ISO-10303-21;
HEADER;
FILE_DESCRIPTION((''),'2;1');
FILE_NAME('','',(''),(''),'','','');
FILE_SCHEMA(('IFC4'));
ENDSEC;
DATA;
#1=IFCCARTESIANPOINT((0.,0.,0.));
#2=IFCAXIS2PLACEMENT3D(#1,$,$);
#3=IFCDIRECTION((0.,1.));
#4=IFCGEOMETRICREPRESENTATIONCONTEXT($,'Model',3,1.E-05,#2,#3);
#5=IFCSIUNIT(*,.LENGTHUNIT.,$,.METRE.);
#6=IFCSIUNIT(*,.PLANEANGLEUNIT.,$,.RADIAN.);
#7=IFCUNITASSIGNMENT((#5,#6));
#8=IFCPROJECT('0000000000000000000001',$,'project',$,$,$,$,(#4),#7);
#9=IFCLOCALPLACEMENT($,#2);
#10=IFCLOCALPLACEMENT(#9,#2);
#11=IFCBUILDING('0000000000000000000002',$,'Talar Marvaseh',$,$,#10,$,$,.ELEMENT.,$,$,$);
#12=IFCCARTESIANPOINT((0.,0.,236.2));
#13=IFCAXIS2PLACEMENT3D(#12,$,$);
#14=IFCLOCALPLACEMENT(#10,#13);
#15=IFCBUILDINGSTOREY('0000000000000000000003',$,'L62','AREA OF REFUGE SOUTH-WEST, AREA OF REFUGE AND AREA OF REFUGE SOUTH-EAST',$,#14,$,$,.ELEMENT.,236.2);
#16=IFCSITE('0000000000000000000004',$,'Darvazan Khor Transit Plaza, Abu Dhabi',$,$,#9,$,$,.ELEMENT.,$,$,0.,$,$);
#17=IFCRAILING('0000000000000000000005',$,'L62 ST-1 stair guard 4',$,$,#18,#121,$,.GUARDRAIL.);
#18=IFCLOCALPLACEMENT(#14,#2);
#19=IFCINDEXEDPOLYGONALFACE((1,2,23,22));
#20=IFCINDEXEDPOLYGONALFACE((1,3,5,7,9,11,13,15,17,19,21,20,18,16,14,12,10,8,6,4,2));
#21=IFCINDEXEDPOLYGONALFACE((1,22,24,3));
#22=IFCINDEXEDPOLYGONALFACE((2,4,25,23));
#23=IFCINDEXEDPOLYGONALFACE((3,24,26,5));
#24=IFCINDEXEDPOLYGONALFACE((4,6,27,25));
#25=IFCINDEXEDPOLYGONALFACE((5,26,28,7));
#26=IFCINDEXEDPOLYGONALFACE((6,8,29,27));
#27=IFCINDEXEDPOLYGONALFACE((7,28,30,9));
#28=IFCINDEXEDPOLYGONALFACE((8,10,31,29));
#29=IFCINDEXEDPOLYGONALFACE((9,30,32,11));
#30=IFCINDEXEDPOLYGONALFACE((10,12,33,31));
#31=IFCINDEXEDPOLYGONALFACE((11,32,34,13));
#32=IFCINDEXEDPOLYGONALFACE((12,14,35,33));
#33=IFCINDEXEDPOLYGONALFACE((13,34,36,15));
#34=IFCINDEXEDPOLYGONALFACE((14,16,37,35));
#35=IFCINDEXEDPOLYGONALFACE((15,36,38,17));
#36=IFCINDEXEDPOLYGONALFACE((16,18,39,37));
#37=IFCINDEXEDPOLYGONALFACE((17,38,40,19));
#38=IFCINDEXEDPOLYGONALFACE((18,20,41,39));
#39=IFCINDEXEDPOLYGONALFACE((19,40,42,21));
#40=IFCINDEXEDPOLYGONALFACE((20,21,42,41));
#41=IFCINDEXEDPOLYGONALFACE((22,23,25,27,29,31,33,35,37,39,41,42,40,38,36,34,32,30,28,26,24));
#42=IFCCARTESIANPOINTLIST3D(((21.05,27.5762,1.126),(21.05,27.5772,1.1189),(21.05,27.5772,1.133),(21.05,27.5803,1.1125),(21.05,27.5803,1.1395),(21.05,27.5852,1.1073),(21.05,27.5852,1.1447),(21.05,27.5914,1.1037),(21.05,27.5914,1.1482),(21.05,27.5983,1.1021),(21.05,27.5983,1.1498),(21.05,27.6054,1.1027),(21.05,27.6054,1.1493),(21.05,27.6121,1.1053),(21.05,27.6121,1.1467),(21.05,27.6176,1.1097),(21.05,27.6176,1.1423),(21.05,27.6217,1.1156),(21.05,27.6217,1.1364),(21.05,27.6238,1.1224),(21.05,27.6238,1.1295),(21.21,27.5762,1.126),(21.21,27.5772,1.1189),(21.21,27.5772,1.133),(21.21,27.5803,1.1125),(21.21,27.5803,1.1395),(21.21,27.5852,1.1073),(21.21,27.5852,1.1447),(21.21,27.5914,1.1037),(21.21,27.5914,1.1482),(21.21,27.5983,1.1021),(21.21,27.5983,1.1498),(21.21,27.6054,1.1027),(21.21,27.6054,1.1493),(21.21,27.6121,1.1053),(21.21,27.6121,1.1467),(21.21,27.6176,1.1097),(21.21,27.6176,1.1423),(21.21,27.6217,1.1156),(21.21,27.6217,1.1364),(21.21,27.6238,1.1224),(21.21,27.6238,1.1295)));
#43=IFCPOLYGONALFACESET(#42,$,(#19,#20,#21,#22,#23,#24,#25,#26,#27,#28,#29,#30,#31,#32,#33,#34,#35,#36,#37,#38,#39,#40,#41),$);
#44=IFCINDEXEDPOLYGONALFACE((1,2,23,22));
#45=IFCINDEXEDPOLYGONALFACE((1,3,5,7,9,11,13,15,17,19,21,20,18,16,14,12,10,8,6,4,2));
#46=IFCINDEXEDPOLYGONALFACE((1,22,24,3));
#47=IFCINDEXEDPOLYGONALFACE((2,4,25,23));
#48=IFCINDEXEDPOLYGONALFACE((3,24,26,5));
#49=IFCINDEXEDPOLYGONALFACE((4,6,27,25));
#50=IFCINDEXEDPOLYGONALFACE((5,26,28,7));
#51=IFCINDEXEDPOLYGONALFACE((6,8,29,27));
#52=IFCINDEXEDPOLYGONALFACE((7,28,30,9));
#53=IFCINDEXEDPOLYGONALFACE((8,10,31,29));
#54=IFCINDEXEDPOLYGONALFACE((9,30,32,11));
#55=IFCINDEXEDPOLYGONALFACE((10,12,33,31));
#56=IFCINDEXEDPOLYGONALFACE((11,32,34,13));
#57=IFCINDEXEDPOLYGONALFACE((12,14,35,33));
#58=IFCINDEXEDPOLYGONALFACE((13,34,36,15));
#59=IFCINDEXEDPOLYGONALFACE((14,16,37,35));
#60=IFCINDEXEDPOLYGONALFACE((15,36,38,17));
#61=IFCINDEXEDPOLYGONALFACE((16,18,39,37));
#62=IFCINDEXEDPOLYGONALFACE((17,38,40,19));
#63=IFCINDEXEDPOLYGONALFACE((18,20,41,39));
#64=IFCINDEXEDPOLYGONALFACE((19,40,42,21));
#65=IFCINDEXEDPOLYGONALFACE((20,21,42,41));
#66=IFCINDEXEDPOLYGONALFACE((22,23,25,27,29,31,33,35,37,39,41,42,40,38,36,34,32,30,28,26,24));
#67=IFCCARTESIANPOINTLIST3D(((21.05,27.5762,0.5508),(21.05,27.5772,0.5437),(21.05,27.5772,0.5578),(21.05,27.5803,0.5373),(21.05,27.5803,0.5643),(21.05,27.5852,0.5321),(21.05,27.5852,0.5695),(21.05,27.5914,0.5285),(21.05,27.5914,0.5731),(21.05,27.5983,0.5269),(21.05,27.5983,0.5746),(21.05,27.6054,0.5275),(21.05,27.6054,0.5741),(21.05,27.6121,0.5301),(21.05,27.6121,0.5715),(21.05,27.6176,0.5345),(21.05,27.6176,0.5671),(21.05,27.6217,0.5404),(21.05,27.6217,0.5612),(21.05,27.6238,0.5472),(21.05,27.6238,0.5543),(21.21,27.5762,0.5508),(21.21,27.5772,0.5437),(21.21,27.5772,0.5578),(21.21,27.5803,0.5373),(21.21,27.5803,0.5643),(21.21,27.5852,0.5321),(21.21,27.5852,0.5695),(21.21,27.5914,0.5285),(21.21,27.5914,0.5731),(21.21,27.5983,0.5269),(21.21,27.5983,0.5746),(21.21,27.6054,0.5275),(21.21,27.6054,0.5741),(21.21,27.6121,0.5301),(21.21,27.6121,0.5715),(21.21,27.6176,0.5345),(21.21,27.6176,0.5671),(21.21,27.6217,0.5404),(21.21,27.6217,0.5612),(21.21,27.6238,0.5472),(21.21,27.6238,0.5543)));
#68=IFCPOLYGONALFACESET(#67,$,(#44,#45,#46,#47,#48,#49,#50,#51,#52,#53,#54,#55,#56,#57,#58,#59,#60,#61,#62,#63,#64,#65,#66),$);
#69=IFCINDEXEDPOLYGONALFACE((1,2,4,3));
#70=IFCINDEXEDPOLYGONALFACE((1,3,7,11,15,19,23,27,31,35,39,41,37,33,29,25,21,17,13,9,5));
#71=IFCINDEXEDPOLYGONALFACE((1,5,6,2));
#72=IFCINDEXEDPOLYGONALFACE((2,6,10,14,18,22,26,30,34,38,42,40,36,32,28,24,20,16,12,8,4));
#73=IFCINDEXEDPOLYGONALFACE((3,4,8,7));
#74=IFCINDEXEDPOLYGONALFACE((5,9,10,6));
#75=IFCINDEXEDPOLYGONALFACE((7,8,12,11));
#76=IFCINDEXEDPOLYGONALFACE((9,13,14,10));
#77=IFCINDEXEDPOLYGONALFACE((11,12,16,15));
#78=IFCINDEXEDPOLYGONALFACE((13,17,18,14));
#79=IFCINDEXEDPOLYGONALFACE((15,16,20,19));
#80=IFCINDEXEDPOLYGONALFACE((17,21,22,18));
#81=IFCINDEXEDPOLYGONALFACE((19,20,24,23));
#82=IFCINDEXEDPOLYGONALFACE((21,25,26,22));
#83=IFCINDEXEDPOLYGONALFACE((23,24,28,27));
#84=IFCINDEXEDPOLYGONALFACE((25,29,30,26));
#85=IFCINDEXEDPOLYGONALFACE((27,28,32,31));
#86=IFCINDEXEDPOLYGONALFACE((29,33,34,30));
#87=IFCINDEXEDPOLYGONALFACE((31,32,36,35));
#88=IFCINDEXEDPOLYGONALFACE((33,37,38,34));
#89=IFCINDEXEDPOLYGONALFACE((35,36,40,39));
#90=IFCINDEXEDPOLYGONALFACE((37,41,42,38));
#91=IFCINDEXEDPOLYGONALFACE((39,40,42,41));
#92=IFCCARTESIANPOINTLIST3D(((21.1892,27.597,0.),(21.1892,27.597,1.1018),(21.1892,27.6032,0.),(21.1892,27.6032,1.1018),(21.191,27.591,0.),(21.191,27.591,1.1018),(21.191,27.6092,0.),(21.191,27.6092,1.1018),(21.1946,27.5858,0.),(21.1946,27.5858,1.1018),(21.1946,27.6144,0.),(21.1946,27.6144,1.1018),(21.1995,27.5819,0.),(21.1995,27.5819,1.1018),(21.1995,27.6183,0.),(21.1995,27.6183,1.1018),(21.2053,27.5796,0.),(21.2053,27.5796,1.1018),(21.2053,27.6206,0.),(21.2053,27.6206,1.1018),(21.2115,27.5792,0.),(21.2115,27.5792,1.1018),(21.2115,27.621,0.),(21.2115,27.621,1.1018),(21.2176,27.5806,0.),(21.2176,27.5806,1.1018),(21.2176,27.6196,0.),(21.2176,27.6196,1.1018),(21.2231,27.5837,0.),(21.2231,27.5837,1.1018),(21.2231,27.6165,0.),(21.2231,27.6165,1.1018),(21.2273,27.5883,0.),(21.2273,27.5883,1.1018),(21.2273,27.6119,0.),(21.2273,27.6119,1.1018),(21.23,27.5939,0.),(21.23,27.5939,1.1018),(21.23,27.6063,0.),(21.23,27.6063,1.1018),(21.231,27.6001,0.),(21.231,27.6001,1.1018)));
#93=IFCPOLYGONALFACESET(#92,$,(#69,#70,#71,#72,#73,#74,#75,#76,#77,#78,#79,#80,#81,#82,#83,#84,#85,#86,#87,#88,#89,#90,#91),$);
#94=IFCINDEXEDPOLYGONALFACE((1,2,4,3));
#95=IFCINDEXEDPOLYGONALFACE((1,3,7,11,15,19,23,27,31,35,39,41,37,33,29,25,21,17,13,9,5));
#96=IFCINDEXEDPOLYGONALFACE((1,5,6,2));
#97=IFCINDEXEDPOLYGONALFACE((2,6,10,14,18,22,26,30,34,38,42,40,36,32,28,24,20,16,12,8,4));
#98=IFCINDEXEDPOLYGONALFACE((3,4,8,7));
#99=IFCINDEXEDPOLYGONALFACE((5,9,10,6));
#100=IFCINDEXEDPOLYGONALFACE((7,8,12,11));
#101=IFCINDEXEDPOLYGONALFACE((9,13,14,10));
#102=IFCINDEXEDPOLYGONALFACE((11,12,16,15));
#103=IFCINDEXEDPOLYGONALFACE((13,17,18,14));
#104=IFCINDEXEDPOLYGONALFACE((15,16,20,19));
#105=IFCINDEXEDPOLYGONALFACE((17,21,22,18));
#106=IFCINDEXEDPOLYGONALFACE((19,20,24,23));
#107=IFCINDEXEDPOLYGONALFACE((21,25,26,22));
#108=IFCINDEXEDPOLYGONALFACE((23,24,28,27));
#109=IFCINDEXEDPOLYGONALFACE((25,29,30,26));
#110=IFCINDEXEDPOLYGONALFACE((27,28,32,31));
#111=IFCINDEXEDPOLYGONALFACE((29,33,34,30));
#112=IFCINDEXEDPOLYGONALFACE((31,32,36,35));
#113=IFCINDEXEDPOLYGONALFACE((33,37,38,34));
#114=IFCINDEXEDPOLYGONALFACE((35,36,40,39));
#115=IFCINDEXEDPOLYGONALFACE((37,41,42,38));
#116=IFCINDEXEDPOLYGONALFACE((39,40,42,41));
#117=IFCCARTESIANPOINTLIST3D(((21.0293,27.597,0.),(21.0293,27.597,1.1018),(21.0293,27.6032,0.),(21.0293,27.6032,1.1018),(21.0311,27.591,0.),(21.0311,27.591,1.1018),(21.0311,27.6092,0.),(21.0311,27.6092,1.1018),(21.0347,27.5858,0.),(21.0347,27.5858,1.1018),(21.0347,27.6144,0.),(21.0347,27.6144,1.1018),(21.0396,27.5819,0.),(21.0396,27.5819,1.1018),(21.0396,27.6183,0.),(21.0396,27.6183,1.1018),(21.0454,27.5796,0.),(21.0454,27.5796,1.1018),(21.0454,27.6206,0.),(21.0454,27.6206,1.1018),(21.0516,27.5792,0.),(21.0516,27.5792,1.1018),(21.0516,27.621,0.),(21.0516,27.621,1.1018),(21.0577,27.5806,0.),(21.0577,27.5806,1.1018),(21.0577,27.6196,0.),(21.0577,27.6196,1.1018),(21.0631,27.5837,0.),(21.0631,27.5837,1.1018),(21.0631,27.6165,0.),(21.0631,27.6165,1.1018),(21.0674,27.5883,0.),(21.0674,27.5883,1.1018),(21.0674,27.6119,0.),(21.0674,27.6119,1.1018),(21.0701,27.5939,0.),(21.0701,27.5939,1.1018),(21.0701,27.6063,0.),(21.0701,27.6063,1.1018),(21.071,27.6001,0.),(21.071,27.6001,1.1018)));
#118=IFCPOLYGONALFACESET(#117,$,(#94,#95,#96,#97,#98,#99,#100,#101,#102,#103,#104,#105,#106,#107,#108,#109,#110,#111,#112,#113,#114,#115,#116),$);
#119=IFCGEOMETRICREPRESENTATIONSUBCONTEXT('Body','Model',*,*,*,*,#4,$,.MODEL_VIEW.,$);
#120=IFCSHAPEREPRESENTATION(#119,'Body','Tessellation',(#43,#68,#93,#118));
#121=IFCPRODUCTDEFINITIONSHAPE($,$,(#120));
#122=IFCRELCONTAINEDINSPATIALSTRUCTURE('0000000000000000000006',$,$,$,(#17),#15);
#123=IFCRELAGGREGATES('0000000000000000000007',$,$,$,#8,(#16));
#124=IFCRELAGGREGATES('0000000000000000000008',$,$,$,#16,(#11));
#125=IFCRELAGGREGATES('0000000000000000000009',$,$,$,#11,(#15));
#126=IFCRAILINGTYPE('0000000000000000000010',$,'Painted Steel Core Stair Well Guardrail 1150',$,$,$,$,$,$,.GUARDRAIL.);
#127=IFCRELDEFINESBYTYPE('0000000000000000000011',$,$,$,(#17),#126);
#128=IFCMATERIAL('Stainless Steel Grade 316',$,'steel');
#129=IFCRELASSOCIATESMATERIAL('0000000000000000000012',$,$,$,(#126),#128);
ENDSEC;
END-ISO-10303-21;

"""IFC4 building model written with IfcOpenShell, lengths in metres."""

from ifc_helpers import new_model, si_unit, direction, frame, origin, origin_2d, place, context, subcontext, project, spatial, circle, extrude, material, type_object, element, save


model = new_model("IFC4")

# Units and contexts
model_context = context("Model", 3, precision=1e-05, world=origin(), true_north=direction((0.0, 1.0)))
body_context = subcontext(model_context, "Body", "Model", "MODEL_VIEW")
ifc_project = project(units=[si_unit("LENGTHUNIT", "METRE"), si_unit("PLANEANGLEUNIT", "RADIAN")], contexts=[model_context])

# Site, building, storey
site_placement = place(None, origin())
site = spatial("IfcSite", under=ifc_project, at=site_placement, Name="Darvazan Khor Transit Plaza, Abu Dhabi", CompositionType="ELEMENT", RefElevation=0.0)
building_placement = place(site_placement, origin())
building = spatial("IfcBuilding", under=site, at=building_placement, Name="Talar Marvaseh", CompositionType="ELEMENT")
storey_placement = place(building_placement, frame((0.0, 0.0, 236.2)))
storey = spatial("IfcBuildingStorey", under=building, at=storey_placement, Name="L62", Description="AREA OF REFUGE SOUTH-WEST, AREA OF REFUGE AND AREA OF REFUGE SOUTH-EAST", CompositionType="ELEMENT", Elevation=236.2)

# Railing
ifc_material_1 = material(Name="Stainless Steel Grade 316", Category="steel")
railing_type = type_object("IfcRailingType", Name="Painted Steel Core Stair Well Guardrail 1150", PredefinedType="GUARDRAIL", material=ifc_material_1)
railing_1_placement = place(storey_placement, frame((21.21, 27.6001, 0.0)))
element("IfcRailing", 1, at=railing_1_placement, inside=storey, type_object=railing_type, Name="L62 ST-1 stair guard 4", PredefinedType="GUARDRAIL", context=body_context, shape_type="SweptSolid", body=[
    extrude(circle(Radius=0.0239, at=origin_2d()), frame((0.0, 0.0, 1.126), z_axis=(-1.0, 0.0, 0.0), x_axis=(0.0, -1.0, 0.0)), (0.0, 0.0, 1.0), 0.1599),
    extrude(circle(Radius=0.0239, at=origin_2d()), frame((0.0, 0.0, 0.5508), z_axis=(-1.0, 0.0, 0.0), x_axis=(0.0, -1.0, 0.0)), (0.0, 0.0, 1.0), 0.1599),
    extrude(circle(Radius=0.021, at=origin_2d()), origin(), (0.0, 0.0, 1.0), 1.1018),
    extrude(circle(Radius=0.021, at=origin_2d()), frame((-0.1599, 0.0, 0.0)), (0.0, 0.0, 1.0), 1.1018),
])

save(model, "model.ifc")
